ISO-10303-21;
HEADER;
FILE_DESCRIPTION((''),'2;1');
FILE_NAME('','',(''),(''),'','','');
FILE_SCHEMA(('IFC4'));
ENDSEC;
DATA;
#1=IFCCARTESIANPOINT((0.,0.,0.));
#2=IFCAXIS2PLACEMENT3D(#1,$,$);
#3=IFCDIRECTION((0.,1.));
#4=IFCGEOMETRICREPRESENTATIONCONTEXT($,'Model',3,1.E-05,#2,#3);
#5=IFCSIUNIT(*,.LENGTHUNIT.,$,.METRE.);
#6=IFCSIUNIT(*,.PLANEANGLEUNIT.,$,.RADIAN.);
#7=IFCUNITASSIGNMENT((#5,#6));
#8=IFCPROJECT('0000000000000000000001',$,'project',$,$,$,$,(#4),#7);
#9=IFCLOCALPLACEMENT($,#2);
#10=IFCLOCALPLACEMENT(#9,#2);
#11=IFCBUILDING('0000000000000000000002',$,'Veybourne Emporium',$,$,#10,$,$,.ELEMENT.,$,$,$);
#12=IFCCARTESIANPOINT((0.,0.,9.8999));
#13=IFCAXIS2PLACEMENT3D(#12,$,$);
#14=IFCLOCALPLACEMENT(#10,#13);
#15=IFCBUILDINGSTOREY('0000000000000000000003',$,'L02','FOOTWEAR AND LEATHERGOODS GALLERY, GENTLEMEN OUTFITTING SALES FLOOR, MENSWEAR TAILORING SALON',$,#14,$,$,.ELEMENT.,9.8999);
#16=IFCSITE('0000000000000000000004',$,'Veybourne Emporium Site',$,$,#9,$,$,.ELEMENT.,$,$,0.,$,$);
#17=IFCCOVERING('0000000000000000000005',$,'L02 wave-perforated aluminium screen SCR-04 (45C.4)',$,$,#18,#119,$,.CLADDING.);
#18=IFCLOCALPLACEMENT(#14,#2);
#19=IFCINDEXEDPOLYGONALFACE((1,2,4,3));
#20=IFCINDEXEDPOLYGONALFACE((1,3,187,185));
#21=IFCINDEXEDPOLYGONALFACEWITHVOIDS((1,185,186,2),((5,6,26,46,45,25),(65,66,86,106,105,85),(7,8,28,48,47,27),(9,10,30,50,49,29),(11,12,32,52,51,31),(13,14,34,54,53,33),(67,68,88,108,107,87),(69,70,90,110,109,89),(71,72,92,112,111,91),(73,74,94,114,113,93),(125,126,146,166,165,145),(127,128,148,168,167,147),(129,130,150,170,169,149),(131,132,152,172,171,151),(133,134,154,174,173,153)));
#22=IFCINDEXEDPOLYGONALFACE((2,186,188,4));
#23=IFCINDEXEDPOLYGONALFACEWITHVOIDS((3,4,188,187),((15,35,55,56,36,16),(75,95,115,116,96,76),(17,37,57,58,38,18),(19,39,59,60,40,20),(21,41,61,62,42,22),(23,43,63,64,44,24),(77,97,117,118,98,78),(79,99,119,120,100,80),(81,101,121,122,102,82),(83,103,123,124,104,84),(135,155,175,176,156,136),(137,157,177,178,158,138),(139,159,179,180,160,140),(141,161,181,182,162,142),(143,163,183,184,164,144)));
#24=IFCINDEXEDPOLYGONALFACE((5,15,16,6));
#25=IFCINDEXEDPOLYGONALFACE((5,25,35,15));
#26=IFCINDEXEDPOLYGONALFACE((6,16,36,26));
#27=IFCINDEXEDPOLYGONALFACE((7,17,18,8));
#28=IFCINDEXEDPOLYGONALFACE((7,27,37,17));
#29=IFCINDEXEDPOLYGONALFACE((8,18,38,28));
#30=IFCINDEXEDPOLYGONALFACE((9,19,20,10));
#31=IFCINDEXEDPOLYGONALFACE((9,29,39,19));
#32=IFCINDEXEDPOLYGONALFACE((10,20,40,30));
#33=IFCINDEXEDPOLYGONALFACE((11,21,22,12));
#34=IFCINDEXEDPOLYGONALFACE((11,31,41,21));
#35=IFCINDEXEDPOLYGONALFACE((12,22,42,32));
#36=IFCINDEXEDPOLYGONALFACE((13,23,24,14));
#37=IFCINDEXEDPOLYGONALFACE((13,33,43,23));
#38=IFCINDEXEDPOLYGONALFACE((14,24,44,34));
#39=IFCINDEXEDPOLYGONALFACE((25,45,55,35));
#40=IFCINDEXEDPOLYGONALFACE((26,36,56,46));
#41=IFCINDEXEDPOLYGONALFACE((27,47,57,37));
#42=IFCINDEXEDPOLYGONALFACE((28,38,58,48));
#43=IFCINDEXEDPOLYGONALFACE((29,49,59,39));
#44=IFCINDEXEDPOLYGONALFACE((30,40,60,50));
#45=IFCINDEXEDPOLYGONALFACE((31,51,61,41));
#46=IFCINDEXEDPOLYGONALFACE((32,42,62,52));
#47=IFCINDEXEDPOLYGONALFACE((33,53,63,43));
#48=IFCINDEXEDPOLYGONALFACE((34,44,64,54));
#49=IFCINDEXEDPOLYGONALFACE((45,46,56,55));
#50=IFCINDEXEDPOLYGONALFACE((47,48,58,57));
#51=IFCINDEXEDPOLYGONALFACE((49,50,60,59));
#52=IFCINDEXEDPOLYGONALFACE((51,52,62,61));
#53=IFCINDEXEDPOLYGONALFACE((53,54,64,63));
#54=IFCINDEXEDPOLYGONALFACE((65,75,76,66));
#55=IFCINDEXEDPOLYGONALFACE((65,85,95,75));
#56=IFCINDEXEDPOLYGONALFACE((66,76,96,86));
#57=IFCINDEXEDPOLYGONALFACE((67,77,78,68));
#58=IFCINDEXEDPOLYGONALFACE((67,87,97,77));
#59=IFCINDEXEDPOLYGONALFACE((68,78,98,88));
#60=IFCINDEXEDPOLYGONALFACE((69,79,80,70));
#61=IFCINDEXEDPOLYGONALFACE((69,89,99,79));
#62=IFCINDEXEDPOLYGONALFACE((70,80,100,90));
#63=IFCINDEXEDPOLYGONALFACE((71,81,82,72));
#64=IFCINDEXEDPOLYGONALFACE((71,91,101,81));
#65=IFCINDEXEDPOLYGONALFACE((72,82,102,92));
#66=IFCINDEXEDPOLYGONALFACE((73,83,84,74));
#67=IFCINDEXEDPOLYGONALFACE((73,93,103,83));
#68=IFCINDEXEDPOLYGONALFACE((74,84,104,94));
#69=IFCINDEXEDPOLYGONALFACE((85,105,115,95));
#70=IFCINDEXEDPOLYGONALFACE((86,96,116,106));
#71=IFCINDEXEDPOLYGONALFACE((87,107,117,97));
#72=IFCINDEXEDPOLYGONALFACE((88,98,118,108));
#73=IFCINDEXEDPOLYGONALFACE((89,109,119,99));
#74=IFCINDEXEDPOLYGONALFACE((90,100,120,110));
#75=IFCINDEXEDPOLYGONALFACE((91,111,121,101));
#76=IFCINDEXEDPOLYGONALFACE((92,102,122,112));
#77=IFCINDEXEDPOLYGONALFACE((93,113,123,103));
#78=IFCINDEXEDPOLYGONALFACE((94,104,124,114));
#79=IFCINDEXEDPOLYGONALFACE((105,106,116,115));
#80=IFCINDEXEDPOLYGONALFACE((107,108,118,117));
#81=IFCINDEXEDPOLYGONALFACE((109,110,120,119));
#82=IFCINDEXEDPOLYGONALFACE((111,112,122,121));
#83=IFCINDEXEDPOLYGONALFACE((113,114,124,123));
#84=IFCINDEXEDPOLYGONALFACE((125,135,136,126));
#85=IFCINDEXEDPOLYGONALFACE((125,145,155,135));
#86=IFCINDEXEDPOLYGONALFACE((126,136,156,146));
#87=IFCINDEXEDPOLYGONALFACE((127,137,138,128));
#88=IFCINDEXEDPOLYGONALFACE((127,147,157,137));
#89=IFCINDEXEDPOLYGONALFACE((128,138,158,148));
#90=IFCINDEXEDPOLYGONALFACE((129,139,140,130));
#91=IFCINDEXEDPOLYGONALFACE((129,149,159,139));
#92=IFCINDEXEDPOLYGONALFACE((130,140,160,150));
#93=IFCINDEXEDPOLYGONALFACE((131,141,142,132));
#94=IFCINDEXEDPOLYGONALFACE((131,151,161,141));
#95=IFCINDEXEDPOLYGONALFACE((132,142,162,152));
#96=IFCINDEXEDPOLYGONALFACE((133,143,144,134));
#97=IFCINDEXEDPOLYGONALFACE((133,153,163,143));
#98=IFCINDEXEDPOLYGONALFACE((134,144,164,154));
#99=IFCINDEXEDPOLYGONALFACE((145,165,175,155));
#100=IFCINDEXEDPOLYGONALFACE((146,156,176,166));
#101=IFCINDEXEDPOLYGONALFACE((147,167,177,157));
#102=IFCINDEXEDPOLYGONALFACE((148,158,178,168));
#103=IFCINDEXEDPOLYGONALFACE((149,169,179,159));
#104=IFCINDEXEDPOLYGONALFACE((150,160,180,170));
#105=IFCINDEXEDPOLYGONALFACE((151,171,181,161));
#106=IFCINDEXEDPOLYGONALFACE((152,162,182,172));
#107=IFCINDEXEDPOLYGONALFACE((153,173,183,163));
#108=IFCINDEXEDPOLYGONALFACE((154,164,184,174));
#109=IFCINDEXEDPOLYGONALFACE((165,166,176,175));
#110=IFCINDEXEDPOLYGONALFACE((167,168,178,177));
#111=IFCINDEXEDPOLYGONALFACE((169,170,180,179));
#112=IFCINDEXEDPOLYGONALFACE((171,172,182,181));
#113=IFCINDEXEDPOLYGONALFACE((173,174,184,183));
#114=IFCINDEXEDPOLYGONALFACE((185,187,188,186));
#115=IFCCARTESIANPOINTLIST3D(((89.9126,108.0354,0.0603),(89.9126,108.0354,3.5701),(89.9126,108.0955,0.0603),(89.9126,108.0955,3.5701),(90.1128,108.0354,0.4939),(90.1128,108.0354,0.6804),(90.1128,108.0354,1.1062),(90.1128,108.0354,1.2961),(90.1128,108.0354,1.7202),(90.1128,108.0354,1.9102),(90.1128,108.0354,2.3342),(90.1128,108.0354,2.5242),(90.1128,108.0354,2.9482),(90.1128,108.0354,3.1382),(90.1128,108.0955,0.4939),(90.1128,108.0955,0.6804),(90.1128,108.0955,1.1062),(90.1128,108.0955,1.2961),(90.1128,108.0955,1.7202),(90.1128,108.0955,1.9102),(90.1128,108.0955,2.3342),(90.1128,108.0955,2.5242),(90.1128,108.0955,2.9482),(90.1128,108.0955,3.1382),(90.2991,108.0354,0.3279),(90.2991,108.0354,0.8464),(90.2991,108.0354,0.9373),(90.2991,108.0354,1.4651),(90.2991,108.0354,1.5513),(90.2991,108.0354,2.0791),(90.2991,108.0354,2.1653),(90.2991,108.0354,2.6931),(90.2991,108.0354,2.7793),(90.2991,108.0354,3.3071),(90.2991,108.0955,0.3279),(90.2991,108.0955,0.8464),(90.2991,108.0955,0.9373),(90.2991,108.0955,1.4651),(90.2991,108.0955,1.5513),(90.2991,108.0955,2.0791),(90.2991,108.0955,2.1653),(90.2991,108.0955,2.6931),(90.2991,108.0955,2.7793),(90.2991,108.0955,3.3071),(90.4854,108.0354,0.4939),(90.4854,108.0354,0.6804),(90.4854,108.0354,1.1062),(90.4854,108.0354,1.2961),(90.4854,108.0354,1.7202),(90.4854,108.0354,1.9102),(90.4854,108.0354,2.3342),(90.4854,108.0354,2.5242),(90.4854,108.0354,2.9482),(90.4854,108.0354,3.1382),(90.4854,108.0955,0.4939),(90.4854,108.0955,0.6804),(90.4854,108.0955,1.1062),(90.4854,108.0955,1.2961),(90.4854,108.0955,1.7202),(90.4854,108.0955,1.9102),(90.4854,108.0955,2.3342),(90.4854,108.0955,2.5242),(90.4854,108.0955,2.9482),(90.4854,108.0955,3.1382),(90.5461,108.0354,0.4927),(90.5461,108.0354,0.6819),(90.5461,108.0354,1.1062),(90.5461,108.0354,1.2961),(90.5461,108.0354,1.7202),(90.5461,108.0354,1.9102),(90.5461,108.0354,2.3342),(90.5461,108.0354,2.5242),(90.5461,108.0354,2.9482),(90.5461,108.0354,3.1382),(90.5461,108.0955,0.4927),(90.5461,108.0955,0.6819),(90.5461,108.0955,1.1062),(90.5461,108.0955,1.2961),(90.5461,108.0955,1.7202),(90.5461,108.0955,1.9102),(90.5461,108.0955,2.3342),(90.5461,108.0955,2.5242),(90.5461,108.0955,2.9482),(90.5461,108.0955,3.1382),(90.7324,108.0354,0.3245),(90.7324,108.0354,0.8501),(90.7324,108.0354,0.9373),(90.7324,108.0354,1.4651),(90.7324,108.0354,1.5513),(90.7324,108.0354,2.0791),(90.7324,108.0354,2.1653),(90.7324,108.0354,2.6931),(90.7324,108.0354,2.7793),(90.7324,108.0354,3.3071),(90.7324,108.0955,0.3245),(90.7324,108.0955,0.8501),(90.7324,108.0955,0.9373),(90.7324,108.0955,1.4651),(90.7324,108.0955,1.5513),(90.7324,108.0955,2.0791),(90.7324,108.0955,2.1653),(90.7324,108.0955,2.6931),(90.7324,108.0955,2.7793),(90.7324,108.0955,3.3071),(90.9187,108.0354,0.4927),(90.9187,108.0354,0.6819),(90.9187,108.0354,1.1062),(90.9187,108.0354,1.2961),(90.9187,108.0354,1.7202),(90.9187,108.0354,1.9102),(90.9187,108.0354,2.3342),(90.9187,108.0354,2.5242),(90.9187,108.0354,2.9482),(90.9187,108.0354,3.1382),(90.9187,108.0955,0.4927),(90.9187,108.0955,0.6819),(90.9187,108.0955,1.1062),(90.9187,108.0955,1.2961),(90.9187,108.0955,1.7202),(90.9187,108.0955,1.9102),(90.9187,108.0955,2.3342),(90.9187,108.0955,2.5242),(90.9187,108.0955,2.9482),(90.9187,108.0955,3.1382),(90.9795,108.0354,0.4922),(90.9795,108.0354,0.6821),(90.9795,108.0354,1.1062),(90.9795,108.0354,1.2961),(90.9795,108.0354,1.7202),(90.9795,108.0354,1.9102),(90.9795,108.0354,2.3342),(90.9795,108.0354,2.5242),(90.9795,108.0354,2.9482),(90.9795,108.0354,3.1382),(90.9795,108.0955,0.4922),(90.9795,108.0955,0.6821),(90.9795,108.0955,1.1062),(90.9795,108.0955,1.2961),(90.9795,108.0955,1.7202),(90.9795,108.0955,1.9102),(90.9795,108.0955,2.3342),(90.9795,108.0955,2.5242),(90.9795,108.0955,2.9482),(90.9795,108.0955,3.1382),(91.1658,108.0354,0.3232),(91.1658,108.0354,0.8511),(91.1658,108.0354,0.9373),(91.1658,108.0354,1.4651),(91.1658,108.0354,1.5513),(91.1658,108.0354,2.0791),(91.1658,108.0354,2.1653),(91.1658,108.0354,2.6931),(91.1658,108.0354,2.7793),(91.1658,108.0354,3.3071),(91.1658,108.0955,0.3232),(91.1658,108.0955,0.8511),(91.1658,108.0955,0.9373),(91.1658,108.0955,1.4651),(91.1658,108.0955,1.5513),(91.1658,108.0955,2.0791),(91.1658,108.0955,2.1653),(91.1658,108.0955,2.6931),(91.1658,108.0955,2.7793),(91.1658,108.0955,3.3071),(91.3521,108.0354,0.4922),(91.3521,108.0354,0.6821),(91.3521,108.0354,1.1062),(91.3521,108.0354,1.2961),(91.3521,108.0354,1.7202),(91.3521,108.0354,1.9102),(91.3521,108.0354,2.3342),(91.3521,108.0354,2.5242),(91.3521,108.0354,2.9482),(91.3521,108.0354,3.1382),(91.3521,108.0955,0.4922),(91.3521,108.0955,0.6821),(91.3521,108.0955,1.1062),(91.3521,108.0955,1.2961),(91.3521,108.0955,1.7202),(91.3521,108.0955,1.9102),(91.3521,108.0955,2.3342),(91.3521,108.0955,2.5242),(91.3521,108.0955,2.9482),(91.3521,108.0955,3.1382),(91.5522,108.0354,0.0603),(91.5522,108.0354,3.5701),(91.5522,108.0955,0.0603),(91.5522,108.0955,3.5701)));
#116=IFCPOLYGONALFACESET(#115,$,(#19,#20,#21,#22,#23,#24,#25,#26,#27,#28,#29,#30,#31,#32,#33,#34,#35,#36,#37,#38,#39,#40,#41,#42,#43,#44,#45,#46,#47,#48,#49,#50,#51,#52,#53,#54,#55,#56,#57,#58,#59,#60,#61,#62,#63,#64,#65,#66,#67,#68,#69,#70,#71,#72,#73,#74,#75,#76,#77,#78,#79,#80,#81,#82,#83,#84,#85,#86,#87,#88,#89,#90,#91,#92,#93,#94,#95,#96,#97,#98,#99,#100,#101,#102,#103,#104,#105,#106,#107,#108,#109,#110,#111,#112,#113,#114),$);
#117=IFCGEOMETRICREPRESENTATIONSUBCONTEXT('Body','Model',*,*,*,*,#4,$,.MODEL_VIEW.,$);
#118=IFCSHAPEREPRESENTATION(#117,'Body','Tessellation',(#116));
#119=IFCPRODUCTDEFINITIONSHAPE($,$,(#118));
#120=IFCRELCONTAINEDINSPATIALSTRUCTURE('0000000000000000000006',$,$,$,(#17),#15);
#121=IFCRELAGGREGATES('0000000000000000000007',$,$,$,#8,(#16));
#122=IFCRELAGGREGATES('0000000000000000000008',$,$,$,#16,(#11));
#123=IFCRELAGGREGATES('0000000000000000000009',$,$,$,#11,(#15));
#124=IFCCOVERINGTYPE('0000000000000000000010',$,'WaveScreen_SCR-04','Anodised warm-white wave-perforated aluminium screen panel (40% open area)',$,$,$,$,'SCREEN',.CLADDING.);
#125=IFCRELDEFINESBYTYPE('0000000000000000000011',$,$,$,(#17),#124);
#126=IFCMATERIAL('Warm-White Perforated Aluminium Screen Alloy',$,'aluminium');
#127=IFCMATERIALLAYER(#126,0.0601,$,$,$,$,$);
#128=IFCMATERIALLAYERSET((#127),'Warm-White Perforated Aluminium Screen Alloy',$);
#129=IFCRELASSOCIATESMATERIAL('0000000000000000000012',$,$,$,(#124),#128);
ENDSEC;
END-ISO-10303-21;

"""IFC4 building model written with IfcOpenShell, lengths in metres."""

from ifc_helpers import new_model, si_unit, direction, frame, origin, place, context, subcontext, project, spatial, polyline, outline, extrude, material, layer, layer_set, type_object, element, save


model = new_model("IFC4")

# Units and contexts
model_context = context("Model", 3, precision=1e-05, world=origin(), true_north=direction((0.0, 1.0)))
body_context = subcontext(model_context, "Body", "Model", "MODEL_VIEW")
ifc_project = project(units=[si_unit("LENGTHUNIT", "METRE"), si_unit("PLANEANGLEUNIT", "RADIAN")], contexts=[model_context])

# Site, building, storey
site_placement = place(None, origin())
site = spatial("IfcSite", under=ifc_project, at=site_placement, Name="Veybourne Emporium Site", CompositionType="ELEMENT", RefElevation=0.0)
building_placement = place(site_placement, origin())
building = spatial("IfcBuilding", under=site, at=building_placement, Name="Veybourne Emporium", CompositionType="ELEMENT")
storey_placement = place(building_placement, frame((0.0, 0.0, 9.8999)))
storey = spatial("IfcBuildingStorey", under=building, at=storey_placement, Name="L02", Description="FOOTWEAR AND LEATHERGOODS GALLERY, GENTLEMEN OUTFITTING SALES FLOOR, MENSWEAR TAILORING SALON", CompositionType="ELEMENT", Elevation=9.8999)

# Covering
ifc_material_1 = material(Name="Warm-White Perforated Aluminium Screen Alloy", Category="aluminium")
ifc_layer_1 = layer(ifc_material_1, 0.0601)
ifc_layer_set_1 = layer_set([ifc_layer_1], Name="Warm-White Perforated Aluminium Screen Alloy")
covering_type_1 = type_object("IfcCoveringType", Name="WaveScreen_SCR-04", Description="Anodised warm-white wave-perforated aluminium screen panel (40% open area)", ElementType="SCREEN", PredefinedType="CLADDING", material=ifc_layer_set_1)
covering_1_placement = place(storey_placement, frame((90.7324, 108.0955, 1.8152), z_axis=(0.0, -1.0, 0.0), x_axis=(1.0, 0.0, 0.0)))
element("IfcCovering", 1, at=covering_1_placement, inside=storey, type_object=covering_type_1, Name="L02 wave-perforated aluminium screen SCR-04 (45C.4)", PredefinedType="CLADDING", context=body_context, shape_type="SweptSolid", body=[
    extrude(outline(polyline([(-0.8198, -1.7549), (0.8198, -1.7549), (0.8198, 1.7549), (-0.8198, 1.7549), (-0.8198, -1.7549)]), holes=[polyline([(-0.4333, -0.9688), (-0.2471, -1.1348), (-0.2471, -1.3213), (-0.4333, -1.4873), (-0.6196, -1.3213), (-0.6196, -1.1348), (-0.4333, -0.9688)]), polyline([(-0.4333, -0.3501), (-0.2471, -0.519), (-0.2471, -0.709), (-0.4333, -0.8779), (-0.6196, -0.709), (-0.6196, -0.519), (-0.4333, -0.3501)]), polyline([(-0.4333, 0.2639), (-0.2471, 0.095), (-0.2471, -0.095), (-0.4333, -0.2639), (-0.6196, -0.095), (-0.6196, 0.095), (-0.4333, 0.2639)]), polyline([(-0.4333, 0.8779), (-0.2471, 0.709), (-0.2471, 0.519), (-0.4333, 0.3501), (-0.6196, 0.519), (-0.6196, 0.709), (-0.4333, 0.8779)]), polyline([(-0.4333, 1.4919), (-0.2471, 1.323), (-0.2471, 1.1331), (-0.4333, 0.9641), (-0.6196, 1.1331), (-0.6196, 1.323), (-0.4333, 1.4919)]), polyline([(0.0, -0.9651), (0.1863, -1.1333), (0.1863, -1.3225), (0.0, -1.4907), (-0.1863, -1.3225), (-0.1863, -1.1333), (0.0, -0.9651)]), polyline([(0.0, -0.3501), (0.1863, -0.519), (0.1863, -0.709), (0.0, -0.8779), (-0.1863, -0.709), (-0.1863, -0.519), (0.0, -0.3501)]), polyline([(0.0, 0.2639), (0.1863, 0.095), (0.1863, -0.095), (0.0, -0.2639), (-0.1863, -0.095), (-0.1863, 0.095), (0.0, 0.2639)]), polyline([(0.0, 0.8779), (0.1863, 0.709), (0.1863, 0.519), (0.0, 0.3501), (-0.1863, 0.519), (-0.1863, 0.709), (0.0, 0.8779)]), polyline([(0.0, 1.4919), (0.1863, 1.323), (0.1863, 1.1331), (0.0, 0.9641), (-0.1863, 1.1331), (-0.1863, 1.323), (0.0, 1.4919)]), polyline([(0.4333, -0.9641), (0.6196, -1.1331), (0.6196, -1.323), (0.4333, -1.4919), (0.2471, -1.323), (0.2471, -1.1331), (0.4333, -0.9641)]), polyline([(0.4333, -0.3501), (0.6196, -0.519), (0.6196, -0.709), (0.4333, -0.8779), (0.2471, -0.709), (0.2471, -0.519), (0.4333, -0.3501)]), polyline([(0.4333, 0.2639), (0.6196, 0.095), (0.6196, -0.095), (0.4333, -0.2639), (0.2471, -0.095), (0.2471, 0.095), (0.4333, 0.2639)]), polyline([(0.4333, 0.8779), (0.6196, 0.709), (0.6196, 0.519), (0.4333, 0.3501), (0.2471, 0.519), (0.2471, 0.709), (0.4333, 0.8779)]), polyline([(0.4333, 1.4919), (0.6196, 1.323), (0.6196, 1.1331), (0.4333, 0.9641), (0.2471, 1.1331), (0.2471, 1.323), (0.4333, 1.4919)])]), origin(), (0.0, 0.0, 1.0), 0.0601),
])

save(model, "model.ifc")
